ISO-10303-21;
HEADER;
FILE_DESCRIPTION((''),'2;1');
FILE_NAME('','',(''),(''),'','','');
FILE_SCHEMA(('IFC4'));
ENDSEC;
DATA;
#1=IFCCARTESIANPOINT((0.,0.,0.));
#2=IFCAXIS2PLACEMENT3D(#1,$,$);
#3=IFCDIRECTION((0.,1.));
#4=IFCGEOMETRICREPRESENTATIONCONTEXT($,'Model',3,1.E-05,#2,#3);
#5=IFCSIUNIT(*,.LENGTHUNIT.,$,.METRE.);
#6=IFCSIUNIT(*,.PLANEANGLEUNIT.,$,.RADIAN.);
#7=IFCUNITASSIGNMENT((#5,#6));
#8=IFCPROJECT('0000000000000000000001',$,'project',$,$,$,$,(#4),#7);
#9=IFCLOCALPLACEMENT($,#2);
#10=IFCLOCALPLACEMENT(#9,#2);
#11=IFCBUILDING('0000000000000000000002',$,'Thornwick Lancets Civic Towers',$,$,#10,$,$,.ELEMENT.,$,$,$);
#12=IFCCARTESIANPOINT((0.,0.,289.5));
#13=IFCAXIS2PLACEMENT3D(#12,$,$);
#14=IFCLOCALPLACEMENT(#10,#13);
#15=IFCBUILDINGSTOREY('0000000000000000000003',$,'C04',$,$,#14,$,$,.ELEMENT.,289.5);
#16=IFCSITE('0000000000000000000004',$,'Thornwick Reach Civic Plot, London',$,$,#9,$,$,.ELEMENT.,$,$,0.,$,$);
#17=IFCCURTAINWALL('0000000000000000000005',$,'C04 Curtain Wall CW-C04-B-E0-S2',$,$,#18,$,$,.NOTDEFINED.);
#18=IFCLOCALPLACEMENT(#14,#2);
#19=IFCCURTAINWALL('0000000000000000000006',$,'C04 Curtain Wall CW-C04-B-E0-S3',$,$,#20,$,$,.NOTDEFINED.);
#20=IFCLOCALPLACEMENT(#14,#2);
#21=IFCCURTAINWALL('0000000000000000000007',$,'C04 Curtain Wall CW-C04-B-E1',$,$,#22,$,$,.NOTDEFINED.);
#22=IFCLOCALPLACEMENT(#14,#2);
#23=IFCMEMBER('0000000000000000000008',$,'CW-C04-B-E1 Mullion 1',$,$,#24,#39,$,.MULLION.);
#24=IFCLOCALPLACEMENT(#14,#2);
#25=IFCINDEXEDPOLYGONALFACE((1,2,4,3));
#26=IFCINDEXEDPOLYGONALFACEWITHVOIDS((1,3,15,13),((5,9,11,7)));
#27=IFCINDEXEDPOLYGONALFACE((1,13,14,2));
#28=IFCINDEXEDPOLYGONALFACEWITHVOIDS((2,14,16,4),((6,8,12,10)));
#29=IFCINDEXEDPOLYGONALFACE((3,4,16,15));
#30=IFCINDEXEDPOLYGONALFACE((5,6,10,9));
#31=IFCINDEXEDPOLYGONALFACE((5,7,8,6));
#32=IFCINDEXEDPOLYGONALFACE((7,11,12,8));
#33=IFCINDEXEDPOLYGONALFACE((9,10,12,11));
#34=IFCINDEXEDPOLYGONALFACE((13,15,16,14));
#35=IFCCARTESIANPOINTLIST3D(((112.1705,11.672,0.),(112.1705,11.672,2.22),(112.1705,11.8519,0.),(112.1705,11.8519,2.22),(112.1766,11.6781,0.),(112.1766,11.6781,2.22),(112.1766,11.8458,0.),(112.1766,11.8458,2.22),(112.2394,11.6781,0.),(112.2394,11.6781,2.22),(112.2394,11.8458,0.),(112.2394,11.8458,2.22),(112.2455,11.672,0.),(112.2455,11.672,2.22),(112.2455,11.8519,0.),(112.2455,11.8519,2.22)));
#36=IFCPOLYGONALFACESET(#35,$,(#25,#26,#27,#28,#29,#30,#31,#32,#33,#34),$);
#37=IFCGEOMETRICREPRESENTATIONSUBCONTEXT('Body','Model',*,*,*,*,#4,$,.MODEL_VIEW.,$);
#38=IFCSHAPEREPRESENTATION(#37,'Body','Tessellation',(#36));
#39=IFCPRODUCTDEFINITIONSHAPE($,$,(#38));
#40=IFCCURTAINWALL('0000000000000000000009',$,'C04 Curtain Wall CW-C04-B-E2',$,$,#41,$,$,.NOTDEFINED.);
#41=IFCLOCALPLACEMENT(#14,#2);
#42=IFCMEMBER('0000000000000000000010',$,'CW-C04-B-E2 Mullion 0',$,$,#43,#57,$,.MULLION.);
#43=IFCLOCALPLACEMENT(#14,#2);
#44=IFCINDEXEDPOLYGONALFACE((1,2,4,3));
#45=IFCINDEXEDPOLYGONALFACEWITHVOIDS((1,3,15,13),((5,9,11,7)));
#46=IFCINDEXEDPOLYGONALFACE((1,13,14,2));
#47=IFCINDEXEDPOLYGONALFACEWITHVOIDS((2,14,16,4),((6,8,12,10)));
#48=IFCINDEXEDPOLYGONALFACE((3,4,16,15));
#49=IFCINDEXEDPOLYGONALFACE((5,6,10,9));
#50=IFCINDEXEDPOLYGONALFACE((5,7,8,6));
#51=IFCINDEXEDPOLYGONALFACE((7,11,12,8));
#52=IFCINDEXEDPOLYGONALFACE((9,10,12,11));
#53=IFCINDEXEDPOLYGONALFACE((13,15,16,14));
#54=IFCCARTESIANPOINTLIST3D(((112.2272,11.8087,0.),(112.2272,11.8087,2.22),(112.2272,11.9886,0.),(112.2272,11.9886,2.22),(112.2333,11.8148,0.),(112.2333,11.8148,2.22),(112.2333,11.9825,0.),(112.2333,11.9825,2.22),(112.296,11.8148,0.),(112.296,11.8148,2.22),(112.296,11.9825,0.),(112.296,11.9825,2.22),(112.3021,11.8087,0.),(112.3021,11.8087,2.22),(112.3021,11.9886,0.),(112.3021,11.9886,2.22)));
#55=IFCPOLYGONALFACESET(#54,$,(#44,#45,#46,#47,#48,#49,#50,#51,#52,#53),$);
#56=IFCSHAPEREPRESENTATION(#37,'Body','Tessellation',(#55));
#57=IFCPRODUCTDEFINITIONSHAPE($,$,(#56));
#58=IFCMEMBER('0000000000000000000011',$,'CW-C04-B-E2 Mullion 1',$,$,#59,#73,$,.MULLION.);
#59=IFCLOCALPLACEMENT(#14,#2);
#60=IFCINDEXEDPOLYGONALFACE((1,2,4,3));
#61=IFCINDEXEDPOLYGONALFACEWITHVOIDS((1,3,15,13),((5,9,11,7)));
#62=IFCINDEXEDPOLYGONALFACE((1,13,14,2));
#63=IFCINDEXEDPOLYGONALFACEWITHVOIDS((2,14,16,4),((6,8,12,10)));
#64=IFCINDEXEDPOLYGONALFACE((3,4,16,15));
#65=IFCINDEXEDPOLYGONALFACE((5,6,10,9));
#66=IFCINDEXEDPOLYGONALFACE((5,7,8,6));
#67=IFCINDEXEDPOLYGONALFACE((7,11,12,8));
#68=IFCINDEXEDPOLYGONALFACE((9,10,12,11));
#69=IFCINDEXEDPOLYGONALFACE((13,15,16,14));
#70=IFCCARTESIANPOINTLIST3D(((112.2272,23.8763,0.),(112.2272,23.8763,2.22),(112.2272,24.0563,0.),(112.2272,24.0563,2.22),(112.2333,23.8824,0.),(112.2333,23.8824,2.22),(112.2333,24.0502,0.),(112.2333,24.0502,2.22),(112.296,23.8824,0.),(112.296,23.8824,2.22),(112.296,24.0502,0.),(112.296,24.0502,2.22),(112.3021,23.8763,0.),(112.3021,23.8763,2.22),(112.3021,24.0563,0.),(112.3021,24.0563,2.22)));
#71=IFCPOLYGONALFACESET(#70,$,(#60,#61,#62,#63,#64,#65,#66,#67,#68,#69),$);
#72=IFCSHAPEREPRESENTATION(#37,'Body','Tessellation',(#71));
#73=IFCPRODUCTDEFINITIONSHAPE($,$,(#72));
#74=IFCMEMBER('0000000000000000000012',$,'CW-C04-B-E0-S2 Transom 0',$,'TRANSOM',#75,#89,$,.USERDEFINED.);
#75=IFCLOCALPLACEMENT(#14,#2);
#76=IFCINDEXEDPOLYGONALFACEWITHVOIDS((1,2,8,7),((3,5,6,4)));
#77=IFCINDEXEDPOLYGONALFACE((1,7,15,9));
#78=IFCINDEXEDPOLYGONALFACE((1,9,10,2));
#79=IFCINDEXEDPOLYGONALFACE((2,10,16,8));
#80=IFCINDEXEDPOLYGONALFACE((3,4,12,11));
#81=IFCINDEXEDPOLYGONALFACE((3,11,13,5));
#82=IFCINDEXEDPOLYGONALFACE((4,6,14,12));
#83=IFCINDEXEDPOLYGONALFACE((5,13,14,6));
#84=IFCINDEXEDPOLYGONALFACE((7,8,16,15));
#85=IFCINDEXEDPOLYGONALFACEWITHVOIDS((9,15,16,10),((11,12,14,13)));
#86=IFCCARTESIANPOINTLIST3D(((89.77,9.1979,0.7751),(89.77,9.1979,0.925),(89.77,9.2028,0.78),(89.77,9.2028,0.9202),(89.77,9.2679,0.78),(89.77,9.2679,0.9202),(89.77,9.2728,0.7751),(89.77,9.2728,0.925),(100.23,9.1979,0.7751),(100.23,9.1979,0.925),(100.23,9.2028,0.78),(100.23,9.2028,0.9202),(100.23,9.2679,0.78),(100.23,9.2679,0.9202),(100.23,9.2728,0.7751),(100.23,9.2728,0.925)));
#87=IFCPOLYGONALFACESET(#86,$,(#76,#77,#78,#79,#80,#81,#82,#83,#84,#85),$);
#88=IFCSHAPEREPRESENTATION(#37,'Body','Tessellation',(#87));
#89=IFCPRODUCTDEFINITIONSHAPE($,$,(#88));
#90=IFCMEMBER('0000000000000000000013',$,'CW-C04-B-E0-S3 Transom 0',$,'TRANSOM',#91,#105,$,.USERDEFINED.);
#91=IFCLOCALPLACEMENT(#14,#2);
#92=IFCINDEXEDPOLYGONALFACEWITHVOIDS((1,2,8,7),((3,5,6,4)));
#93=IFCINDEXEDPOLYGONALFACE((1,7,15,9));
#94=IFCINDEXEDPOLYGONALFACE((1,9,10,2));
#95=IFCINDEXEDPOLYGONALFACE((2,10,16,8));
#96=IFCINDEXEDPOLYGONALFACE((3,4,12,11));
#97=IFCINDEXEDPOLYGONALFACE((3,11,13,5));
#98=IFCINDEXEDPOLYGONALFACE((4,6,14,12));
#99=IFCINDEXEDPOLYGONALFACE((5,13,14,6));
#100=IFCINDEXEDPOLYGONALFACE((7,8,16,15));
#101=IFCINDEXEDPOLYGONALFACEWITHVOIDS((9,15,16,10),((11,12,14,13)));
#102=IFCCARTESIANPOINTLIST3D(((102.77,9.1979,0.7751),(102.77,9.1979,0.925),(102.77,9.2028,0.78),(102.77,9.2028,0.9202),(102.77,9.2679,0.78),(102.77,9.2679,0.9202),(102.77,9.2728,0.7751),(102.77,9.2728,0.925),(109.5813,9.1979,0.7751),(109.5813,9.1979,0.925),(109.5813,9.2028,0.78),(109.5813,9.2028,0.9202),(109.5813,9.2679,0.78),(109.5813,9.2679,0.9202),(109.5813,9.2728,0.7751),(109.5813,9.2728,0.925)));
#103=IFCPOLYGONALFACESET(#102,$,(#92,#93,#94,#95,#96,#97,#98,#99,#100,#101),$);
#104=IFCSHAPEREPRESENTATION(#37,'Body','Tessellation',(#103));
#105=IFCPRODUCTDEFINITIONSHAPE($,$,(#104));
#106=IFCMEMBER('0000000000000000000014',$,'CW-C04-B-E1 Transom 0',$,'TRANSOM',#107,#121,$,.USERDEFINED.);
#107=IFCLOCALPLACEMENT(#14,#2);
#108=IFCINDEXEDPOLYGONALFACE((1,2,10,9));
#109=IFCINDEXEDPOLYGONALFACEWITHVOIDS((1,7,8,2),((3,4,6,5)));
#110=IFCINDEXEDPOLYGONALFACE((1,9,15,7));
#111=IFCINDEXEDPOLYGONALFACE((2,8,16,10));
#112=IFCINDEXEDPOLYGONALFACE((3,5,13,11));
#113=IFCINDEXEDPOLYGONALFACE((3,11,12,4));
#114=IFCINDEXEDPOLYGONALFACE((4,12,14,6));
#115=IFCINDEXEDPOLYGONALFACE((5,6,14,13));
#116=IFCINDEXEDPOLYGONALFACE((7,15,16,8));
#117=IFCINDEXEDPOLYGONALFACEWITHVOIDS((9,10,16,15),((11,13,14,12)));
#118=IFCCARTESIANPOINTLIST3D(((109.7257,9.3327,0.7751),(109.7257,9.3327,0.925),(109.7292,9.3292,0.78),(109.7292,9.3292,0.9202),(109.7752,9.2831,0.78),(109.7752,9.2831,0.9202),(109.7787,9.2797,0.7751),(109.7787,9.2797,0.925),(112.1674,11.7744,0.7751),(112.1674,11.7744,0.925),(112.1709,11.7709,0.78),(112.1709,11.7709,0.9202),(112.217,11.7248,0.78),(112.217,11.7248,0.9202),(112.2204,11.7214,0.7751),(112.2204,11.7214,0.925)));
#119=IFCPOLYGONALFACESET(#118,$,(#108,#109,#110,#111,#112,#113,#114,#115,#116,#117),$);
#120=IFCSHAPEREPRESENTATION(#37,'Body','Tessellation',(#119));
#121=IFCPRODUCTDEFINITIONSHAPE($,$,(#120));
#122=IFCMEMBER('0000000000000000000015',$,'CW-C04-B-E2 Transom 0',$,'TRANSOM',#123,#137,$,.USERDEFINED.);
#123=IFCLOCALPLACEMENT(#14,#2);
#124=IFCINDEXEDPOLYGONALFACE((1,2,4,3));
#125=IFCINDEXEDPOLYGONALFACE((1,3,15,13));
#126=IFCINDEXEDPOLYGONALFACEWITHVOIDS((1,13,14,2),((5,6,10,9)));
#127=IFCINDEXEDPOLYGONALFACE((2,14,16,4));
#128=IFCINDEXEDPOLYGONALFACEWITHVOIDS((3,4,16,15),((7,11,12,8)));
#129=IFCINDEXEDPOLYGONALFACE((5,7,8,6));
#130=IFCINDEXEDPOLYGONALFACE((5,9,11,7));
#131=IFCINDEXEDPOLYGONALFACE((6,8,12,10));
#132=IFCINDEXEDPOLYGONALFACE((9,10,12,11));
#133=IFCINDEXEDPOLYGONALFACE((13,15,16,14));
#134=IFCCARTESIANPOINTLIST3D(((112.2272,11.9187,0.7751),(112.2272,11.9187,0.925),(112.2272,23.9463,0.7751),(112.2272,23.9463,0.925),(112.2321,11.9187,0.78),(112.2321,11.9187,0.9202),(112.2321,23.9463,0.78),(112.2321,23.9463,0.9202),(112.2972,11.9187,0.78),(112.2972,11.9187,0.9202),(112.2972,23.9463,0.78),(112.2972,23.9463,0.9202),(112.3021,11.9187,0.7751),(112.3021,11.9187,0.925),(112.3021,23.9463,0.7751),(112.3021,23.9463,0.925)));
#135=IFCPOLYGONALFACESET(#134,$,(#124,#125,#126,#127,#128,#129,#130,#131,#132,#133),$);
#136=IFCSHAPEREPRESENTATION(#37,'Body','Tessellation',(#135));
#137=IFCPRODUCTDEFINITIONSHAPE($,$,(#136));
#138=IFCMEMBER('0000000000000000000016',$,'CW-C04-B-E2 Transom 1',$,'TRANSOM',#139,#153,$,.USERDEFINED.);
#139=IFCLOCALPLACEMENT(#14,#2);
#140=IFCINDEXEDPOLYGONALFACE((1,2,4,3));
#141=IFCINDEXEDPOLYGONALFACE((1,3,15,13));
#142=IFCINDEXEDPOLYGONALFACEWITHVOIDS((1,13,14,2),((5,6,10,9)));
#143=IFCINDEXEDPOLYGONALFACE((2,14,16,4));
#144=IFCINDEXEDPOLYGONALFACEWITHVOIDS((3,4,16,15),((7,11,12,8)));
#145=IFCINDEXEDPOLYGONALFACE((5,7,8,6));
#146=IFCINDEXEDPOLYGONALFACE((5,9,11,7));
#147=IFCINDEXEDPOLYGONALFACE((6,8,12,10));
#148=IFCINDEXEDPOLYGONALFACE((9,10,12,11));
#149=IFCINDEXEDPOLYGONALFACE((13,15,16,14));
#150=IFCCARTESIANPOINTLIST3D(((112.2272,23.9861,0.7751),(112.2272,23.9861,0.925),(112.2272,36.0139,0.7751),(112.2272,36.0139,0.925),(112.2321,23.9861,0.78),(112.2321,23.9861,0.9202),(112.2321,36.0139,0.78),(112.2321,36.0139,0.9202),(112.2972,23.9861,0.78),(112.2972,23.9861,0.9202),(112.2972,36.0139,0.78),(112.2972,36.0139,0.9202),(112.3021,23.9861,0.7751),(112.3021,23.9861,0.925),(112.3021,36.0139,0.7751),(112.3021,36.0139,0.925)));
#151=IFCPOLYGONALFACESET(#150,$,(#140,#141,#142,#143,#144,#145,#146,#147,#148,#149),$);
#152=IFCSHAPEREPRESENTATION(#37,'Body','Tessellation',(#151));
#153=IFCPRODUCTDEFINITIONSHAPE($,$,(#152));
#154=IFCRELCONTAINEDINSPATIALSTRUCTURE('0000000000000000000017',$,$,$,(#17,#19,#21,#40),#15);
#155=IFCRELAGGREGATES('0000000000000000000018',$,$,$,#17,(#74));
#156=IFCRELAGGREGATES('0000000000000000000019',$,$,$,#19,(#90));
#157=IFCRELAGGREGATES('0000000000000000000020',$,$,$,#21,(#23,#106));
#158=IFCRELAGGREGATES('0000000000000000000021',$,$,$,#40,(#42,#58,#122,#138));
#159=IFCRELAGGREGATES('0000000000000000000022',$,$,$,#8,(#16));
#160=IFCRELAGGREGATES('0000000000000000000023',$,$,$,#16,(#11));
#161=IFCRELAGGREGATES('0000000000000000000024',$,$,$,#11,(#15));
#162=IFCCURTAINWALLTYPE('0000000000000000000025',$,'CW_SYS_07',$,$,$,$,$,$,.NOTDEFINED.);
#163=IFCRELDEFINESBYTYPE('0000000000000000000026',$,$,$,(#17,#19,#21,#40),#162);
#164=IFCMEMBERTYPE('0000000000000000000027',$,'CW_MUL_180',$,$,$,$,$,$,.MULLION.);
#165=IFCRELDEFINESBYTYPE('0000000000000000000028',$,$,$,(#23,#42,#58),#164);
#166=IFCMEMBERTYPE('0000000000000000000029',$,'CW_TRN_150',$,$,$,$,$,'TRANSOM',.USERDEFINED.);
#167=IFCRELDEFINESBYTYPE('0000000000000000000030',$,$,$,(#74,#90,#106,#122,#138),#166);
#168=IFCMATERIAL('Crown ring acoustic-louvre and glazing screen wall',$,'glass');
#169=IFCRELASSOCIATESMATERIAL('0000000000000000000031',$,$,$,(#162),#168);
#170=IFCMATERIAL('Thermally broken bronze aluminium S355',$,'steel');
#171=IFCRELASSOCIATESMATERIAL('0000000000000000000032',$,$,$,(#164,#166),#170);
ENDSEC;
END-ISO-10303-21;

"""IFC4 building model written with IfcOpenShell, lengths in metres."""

from ifc_helpers import new_model, si_unit, direction, frame, origin, origin_2d, place, context, subcontext, project, spatial, hollow_rectangle, extrude, material, material_profile, profile_set, type_object, element, aggregate, save


model = new_model("IFC4")

# Units and contexts
model_context = context("Model", 3, precision=1e-05, world=origin(), true_north=direction((0.0, 1.0)))
body_context = subcontext(model_context, "Body", "Model", "MODEL_VIEW")
ifc_project = project(units=[si_unit("LENGTHUNIT", "METRE"), si_unit("PLANEANGLEUNIT", "RADIAN")], contexts=[model_context])

# Site, building, storey
site_placement = place(None, origin())
site = spatial("IfcSite", under=ifc_project, at=site_placement, Name="Thornwick Reach Civic Plot, London", CompositionType="ELEMENT", RefElevation=0.0)
building_placement = place(site_placement, origin())
building = spatial("IfcBuilding", under=site, at=building_placement, Name="Thornwick Lancets Civic Towers", CompositionType="ELEMENT")
storey_placement = place(building_placement, frame((0.0, 0.0, 289.5)))
storey = spatial("IfcBuildingStorey", under=building, at=storey_placement, Name="C04", CompositionType="ELEMENT", Elevation=289.5)

# Curtain walls, members
ifc_material_1 = material(Name="Crown ring acoustic-louvre and glazing screen wall", Category="glass")
curtain_wall_type = type_object("IfcCurtainWallType", Name="CW_SYS_07", PredefinedType="NOTDEFINED", material=ifc_material_1)
curtain_wall_1_placement = place(storey_placement, origin())
curtain_wall_1 = element("IfcCurtainWall", 1, at=curtain_wall_1_placement, inside=storey, type_object=curtain_wall_type, Name="C04 Curtain Wall CW-C04-B-E0-S2", PredefinedType="NOTDEFINED")
ifc_material_2 = material(Name="Thermally broken bronze aluminium S355", Category="steel")
ifc_material_profile_1 = material_profile(ifc_material_2, hollow_rectangle(XDim=0.075, YDim=0.1799, WallThickness=0.0061, at=origin_2d()), Name="RHS 180x75x6")
ifc_profile_set_1 = profile_set([ifc_material_profile_1], Name="Thermally broken bronze aluminium S355")
member_type_1 = type_object("IfcMemberType", Name="CW_MUL_180", PredefinedType="MULLION", material=ifc_profile_set_1)
curtain_wall_2_placement = place(storey_placement, origin())
curtain_wall_2 = element("IfcCurtainWall", 2, at=curtain_wall_2_placement, inside=storey, type_object=curtain_wall_type, Name="C04 Curtain Wall CW-C04-B-E0-S3", PredefinedType="NOTDEFINED")
curtain_wall_3_placement = place(storey_placement, origin())
curtain_wall_3 = element("IfcCurtainWall", 3, at=curtain_wall_3_placement, inside=storey, type_object=curtain_wall_type, Name="C04 Curtain Wall CW-C04-B-E1", PredefinedType="NOTDEFINED")
member_1_placement = place(storey_placement, frame((112.208, 11.762, 0.0), z_axis=(0.0, 0.0, 1.0), x_axis=(1.0, 0.0, 0.0)))
member_1 = element("IfcMember", 4, at=member_1_placement, type_object=member_type_1, Name="CW-C04-B-E1 Mullion 1", PredefinedType="MULLION", context=body_context, shape_type="SweptSolid", body=[
    extrude(hollow_rectangle(XDim=0.075, YDim=0.1799, WallThickness=0.0061, at=origin_2d()), origin(), (0.0, 0.0, 1.0), 2.22),
])
curtain_wall_4_placement = place(storey_placement, origin())
curtain_wall_4 = element("IfcCurtainWall", 5, at=curtain_wall_4_placement, inside=storey, type_object=curtain_wall_type, Name="C04 Curtain Wall CW-C04-B-E2", PredefinedType="NOTDEFINED")
member_2_placement = place(storey_placement, frame((112.2646, 11.8987, 0.0), z_axis=(0.0, 0.0, 1.0), x_axis=(1.0, 0.0, 0.0)))
member_2 = element("IfcMember", 6, at=member_2_placement, type_object=member_type_1, Name="CW-C04-B-E2 Mullion 0", PredefinedType="MULLION", context=body_context, shape_type="SweptSolid", body=[
    extrude(hollow_rectangle(XDim=0.075, YDim=0.1799, WallThickness=0.0061, at=origin_2d()), origin(), (0.0, 0.0, 1.0), 2.22),
])
member_3_placement = place(storey_placement, frame((112.2646, 23.9663, 0.0), z_axis=(0.0, 0.0, 1.0), x_axis=(1.0, 0.0, 0.0)))
member_3 = element("IfcMember", 7, at=member_3_placement, type_object=member_type_1, Name="CW-C04-B-E2 Mullion 1", PredefinedType="MULLION", context=body_context, shape_type="SweptSolid", body=[
    extrude(hollow_rectangle(XDim=0.075, YDim=0.1799, WallThickness=0.0061, at=origin_2d()), origin(), (0.0, 0.0, 1.0), 2.22),
])

# Members
ifc_material_profile_2 = material_profile(ifc_material_2, hollow_rectangle(XDim=0.075, YDim=0.1499, WallThickness=0.0049, at=origin_2d()), Name="RHS 150x75x5")
ifc_profile_set_2 = profile_set([ifc_material_profile_2], Name="Thermally broken bronze aluminium S355")
member_type_2 = type_object("IfcMemberType", Name="CW_TRN_150", ElementType="TRANSOM", PredefinedType="USERDEFINED", material=ifc_profile_set_2)
member_4_placement = place(storey_placement, frame((89.77, 9.2354, 0.8501), z_axis=(1.0, 0.0, 0.0), x_axis=(0.0, 1.0, 0.0)))
member_4 = element("IfcMember", 8, at=member_4_placement, type_object=member_type_2, Name="CW-C04-B-E0-S2 Transom 0", ObjectType="TRANSOM", PredefinedType="USERDEFINED", context=body_context, shape_type="SweptSolid", body=[
    extrude(hollow_rectangle(XDim=0.075, YDim=0.1499, WallThickness=0.0049, at=origin_2d()), origin(), (0.0, 0.0, 1.0), 10.46),
])
member_5_placement = place(storey_placement, frame((102.77, 9.2354, 0.8501), z_axis=(1.0, 0.0, 0.0), x_axis=(0.0, 1.0, 0.0)))
member_5 = element("IfcMember", 9, at=member_5_placement, type_object=member_type_2, Name="CW-C04-B-E0-S3 Transom 0", ObjectType="TRANSOM", PredefinedType="USERDEFINED", context=body_context, shape_type="SweptSolid", body=[
    extrude(hollow_rectangle(XDim=0.075, YDim=0.1499, WallThickness=0.0049, at=origin_2d()), origin(), (0.0, 0.0, 1.0), 6.8113),
])
member_6_placement = place(storey_placement, frame((109.7522, 9.3062, 0.8501), z_axis=(0.707107, 0.707107, 0.0), x_axis=(-0.707107, 0.707107, 0.0)))
member_6 = element("IfcMember", 10, at=member_6_placement, type_object=member_type_2, Name="CW-C04-B-E1 Transom 0", ObjectType="TRANSOM", PredefinedType="USERDEFINED", context=body_context, shape_type="SweptSolid", body=[
    extrude(hollow_rectangle(XDim=0.075, YDim=0.1499, WallThickness=0.0049, at=origin_2d()), origin(), (0.0, 0.0, 1.0), 3.4531),
])
member_7_placement = place(storey_placement, frame((112.2646, 11.9187, 0.8501), z_axis=(0.0, 1.0, 0.0), x_axis=(-1.0, 0.0, 0.0)))
member_7 = element("IfcMember", 11, at=member_7_placement, type_object=member_type_2, Name="CW-C04-B-E2 Transom 0", ObjectType="TRANSOM", PredefinedType="USERDEFINED", context=body_context, shape_type="SweptSolid", body=[
    extrude(hollow_rectangle(XDim=0.075, YDim=0.1499, WallThickness=0.0049, at=origin_2d()), origin(), (0.0, 0.0, 1.0), 12.0276),
])
member_8_placement = place(storey_placement, frame((112.2646, 23.9861, 0.8501), z_axis=(0.0, 1.0, 0.0), x_axis=(-1.0, 0.0, 0.0)))
member_8 = element("IfcMember", 12, at=member_8_placement, type_object=member_type_2, Name="CW-C04-B-E2 Transom 1", ObjectType="TRANSOM", PredefinedType="USERDEFINED", context=body_context, shape_type="SweptSolid", body=[
    extrude(hollow_rectangle(XDim=0.075, YDim=0.1499, WallThickness=0.0049, at=origin_2d()), origin(), (0.0, 0.0, 1.0), 12.0278),
])

aggregate(curtain_wall_1, [member_4])
aggregate(curtain_wall_2, [member_5])
aggregate(curtain_wall_3, [member_1, member_6])
aggregate(curtain_wall_4, [member_2, member_3, member_7, member_8])

save(model, "model.ifc")
